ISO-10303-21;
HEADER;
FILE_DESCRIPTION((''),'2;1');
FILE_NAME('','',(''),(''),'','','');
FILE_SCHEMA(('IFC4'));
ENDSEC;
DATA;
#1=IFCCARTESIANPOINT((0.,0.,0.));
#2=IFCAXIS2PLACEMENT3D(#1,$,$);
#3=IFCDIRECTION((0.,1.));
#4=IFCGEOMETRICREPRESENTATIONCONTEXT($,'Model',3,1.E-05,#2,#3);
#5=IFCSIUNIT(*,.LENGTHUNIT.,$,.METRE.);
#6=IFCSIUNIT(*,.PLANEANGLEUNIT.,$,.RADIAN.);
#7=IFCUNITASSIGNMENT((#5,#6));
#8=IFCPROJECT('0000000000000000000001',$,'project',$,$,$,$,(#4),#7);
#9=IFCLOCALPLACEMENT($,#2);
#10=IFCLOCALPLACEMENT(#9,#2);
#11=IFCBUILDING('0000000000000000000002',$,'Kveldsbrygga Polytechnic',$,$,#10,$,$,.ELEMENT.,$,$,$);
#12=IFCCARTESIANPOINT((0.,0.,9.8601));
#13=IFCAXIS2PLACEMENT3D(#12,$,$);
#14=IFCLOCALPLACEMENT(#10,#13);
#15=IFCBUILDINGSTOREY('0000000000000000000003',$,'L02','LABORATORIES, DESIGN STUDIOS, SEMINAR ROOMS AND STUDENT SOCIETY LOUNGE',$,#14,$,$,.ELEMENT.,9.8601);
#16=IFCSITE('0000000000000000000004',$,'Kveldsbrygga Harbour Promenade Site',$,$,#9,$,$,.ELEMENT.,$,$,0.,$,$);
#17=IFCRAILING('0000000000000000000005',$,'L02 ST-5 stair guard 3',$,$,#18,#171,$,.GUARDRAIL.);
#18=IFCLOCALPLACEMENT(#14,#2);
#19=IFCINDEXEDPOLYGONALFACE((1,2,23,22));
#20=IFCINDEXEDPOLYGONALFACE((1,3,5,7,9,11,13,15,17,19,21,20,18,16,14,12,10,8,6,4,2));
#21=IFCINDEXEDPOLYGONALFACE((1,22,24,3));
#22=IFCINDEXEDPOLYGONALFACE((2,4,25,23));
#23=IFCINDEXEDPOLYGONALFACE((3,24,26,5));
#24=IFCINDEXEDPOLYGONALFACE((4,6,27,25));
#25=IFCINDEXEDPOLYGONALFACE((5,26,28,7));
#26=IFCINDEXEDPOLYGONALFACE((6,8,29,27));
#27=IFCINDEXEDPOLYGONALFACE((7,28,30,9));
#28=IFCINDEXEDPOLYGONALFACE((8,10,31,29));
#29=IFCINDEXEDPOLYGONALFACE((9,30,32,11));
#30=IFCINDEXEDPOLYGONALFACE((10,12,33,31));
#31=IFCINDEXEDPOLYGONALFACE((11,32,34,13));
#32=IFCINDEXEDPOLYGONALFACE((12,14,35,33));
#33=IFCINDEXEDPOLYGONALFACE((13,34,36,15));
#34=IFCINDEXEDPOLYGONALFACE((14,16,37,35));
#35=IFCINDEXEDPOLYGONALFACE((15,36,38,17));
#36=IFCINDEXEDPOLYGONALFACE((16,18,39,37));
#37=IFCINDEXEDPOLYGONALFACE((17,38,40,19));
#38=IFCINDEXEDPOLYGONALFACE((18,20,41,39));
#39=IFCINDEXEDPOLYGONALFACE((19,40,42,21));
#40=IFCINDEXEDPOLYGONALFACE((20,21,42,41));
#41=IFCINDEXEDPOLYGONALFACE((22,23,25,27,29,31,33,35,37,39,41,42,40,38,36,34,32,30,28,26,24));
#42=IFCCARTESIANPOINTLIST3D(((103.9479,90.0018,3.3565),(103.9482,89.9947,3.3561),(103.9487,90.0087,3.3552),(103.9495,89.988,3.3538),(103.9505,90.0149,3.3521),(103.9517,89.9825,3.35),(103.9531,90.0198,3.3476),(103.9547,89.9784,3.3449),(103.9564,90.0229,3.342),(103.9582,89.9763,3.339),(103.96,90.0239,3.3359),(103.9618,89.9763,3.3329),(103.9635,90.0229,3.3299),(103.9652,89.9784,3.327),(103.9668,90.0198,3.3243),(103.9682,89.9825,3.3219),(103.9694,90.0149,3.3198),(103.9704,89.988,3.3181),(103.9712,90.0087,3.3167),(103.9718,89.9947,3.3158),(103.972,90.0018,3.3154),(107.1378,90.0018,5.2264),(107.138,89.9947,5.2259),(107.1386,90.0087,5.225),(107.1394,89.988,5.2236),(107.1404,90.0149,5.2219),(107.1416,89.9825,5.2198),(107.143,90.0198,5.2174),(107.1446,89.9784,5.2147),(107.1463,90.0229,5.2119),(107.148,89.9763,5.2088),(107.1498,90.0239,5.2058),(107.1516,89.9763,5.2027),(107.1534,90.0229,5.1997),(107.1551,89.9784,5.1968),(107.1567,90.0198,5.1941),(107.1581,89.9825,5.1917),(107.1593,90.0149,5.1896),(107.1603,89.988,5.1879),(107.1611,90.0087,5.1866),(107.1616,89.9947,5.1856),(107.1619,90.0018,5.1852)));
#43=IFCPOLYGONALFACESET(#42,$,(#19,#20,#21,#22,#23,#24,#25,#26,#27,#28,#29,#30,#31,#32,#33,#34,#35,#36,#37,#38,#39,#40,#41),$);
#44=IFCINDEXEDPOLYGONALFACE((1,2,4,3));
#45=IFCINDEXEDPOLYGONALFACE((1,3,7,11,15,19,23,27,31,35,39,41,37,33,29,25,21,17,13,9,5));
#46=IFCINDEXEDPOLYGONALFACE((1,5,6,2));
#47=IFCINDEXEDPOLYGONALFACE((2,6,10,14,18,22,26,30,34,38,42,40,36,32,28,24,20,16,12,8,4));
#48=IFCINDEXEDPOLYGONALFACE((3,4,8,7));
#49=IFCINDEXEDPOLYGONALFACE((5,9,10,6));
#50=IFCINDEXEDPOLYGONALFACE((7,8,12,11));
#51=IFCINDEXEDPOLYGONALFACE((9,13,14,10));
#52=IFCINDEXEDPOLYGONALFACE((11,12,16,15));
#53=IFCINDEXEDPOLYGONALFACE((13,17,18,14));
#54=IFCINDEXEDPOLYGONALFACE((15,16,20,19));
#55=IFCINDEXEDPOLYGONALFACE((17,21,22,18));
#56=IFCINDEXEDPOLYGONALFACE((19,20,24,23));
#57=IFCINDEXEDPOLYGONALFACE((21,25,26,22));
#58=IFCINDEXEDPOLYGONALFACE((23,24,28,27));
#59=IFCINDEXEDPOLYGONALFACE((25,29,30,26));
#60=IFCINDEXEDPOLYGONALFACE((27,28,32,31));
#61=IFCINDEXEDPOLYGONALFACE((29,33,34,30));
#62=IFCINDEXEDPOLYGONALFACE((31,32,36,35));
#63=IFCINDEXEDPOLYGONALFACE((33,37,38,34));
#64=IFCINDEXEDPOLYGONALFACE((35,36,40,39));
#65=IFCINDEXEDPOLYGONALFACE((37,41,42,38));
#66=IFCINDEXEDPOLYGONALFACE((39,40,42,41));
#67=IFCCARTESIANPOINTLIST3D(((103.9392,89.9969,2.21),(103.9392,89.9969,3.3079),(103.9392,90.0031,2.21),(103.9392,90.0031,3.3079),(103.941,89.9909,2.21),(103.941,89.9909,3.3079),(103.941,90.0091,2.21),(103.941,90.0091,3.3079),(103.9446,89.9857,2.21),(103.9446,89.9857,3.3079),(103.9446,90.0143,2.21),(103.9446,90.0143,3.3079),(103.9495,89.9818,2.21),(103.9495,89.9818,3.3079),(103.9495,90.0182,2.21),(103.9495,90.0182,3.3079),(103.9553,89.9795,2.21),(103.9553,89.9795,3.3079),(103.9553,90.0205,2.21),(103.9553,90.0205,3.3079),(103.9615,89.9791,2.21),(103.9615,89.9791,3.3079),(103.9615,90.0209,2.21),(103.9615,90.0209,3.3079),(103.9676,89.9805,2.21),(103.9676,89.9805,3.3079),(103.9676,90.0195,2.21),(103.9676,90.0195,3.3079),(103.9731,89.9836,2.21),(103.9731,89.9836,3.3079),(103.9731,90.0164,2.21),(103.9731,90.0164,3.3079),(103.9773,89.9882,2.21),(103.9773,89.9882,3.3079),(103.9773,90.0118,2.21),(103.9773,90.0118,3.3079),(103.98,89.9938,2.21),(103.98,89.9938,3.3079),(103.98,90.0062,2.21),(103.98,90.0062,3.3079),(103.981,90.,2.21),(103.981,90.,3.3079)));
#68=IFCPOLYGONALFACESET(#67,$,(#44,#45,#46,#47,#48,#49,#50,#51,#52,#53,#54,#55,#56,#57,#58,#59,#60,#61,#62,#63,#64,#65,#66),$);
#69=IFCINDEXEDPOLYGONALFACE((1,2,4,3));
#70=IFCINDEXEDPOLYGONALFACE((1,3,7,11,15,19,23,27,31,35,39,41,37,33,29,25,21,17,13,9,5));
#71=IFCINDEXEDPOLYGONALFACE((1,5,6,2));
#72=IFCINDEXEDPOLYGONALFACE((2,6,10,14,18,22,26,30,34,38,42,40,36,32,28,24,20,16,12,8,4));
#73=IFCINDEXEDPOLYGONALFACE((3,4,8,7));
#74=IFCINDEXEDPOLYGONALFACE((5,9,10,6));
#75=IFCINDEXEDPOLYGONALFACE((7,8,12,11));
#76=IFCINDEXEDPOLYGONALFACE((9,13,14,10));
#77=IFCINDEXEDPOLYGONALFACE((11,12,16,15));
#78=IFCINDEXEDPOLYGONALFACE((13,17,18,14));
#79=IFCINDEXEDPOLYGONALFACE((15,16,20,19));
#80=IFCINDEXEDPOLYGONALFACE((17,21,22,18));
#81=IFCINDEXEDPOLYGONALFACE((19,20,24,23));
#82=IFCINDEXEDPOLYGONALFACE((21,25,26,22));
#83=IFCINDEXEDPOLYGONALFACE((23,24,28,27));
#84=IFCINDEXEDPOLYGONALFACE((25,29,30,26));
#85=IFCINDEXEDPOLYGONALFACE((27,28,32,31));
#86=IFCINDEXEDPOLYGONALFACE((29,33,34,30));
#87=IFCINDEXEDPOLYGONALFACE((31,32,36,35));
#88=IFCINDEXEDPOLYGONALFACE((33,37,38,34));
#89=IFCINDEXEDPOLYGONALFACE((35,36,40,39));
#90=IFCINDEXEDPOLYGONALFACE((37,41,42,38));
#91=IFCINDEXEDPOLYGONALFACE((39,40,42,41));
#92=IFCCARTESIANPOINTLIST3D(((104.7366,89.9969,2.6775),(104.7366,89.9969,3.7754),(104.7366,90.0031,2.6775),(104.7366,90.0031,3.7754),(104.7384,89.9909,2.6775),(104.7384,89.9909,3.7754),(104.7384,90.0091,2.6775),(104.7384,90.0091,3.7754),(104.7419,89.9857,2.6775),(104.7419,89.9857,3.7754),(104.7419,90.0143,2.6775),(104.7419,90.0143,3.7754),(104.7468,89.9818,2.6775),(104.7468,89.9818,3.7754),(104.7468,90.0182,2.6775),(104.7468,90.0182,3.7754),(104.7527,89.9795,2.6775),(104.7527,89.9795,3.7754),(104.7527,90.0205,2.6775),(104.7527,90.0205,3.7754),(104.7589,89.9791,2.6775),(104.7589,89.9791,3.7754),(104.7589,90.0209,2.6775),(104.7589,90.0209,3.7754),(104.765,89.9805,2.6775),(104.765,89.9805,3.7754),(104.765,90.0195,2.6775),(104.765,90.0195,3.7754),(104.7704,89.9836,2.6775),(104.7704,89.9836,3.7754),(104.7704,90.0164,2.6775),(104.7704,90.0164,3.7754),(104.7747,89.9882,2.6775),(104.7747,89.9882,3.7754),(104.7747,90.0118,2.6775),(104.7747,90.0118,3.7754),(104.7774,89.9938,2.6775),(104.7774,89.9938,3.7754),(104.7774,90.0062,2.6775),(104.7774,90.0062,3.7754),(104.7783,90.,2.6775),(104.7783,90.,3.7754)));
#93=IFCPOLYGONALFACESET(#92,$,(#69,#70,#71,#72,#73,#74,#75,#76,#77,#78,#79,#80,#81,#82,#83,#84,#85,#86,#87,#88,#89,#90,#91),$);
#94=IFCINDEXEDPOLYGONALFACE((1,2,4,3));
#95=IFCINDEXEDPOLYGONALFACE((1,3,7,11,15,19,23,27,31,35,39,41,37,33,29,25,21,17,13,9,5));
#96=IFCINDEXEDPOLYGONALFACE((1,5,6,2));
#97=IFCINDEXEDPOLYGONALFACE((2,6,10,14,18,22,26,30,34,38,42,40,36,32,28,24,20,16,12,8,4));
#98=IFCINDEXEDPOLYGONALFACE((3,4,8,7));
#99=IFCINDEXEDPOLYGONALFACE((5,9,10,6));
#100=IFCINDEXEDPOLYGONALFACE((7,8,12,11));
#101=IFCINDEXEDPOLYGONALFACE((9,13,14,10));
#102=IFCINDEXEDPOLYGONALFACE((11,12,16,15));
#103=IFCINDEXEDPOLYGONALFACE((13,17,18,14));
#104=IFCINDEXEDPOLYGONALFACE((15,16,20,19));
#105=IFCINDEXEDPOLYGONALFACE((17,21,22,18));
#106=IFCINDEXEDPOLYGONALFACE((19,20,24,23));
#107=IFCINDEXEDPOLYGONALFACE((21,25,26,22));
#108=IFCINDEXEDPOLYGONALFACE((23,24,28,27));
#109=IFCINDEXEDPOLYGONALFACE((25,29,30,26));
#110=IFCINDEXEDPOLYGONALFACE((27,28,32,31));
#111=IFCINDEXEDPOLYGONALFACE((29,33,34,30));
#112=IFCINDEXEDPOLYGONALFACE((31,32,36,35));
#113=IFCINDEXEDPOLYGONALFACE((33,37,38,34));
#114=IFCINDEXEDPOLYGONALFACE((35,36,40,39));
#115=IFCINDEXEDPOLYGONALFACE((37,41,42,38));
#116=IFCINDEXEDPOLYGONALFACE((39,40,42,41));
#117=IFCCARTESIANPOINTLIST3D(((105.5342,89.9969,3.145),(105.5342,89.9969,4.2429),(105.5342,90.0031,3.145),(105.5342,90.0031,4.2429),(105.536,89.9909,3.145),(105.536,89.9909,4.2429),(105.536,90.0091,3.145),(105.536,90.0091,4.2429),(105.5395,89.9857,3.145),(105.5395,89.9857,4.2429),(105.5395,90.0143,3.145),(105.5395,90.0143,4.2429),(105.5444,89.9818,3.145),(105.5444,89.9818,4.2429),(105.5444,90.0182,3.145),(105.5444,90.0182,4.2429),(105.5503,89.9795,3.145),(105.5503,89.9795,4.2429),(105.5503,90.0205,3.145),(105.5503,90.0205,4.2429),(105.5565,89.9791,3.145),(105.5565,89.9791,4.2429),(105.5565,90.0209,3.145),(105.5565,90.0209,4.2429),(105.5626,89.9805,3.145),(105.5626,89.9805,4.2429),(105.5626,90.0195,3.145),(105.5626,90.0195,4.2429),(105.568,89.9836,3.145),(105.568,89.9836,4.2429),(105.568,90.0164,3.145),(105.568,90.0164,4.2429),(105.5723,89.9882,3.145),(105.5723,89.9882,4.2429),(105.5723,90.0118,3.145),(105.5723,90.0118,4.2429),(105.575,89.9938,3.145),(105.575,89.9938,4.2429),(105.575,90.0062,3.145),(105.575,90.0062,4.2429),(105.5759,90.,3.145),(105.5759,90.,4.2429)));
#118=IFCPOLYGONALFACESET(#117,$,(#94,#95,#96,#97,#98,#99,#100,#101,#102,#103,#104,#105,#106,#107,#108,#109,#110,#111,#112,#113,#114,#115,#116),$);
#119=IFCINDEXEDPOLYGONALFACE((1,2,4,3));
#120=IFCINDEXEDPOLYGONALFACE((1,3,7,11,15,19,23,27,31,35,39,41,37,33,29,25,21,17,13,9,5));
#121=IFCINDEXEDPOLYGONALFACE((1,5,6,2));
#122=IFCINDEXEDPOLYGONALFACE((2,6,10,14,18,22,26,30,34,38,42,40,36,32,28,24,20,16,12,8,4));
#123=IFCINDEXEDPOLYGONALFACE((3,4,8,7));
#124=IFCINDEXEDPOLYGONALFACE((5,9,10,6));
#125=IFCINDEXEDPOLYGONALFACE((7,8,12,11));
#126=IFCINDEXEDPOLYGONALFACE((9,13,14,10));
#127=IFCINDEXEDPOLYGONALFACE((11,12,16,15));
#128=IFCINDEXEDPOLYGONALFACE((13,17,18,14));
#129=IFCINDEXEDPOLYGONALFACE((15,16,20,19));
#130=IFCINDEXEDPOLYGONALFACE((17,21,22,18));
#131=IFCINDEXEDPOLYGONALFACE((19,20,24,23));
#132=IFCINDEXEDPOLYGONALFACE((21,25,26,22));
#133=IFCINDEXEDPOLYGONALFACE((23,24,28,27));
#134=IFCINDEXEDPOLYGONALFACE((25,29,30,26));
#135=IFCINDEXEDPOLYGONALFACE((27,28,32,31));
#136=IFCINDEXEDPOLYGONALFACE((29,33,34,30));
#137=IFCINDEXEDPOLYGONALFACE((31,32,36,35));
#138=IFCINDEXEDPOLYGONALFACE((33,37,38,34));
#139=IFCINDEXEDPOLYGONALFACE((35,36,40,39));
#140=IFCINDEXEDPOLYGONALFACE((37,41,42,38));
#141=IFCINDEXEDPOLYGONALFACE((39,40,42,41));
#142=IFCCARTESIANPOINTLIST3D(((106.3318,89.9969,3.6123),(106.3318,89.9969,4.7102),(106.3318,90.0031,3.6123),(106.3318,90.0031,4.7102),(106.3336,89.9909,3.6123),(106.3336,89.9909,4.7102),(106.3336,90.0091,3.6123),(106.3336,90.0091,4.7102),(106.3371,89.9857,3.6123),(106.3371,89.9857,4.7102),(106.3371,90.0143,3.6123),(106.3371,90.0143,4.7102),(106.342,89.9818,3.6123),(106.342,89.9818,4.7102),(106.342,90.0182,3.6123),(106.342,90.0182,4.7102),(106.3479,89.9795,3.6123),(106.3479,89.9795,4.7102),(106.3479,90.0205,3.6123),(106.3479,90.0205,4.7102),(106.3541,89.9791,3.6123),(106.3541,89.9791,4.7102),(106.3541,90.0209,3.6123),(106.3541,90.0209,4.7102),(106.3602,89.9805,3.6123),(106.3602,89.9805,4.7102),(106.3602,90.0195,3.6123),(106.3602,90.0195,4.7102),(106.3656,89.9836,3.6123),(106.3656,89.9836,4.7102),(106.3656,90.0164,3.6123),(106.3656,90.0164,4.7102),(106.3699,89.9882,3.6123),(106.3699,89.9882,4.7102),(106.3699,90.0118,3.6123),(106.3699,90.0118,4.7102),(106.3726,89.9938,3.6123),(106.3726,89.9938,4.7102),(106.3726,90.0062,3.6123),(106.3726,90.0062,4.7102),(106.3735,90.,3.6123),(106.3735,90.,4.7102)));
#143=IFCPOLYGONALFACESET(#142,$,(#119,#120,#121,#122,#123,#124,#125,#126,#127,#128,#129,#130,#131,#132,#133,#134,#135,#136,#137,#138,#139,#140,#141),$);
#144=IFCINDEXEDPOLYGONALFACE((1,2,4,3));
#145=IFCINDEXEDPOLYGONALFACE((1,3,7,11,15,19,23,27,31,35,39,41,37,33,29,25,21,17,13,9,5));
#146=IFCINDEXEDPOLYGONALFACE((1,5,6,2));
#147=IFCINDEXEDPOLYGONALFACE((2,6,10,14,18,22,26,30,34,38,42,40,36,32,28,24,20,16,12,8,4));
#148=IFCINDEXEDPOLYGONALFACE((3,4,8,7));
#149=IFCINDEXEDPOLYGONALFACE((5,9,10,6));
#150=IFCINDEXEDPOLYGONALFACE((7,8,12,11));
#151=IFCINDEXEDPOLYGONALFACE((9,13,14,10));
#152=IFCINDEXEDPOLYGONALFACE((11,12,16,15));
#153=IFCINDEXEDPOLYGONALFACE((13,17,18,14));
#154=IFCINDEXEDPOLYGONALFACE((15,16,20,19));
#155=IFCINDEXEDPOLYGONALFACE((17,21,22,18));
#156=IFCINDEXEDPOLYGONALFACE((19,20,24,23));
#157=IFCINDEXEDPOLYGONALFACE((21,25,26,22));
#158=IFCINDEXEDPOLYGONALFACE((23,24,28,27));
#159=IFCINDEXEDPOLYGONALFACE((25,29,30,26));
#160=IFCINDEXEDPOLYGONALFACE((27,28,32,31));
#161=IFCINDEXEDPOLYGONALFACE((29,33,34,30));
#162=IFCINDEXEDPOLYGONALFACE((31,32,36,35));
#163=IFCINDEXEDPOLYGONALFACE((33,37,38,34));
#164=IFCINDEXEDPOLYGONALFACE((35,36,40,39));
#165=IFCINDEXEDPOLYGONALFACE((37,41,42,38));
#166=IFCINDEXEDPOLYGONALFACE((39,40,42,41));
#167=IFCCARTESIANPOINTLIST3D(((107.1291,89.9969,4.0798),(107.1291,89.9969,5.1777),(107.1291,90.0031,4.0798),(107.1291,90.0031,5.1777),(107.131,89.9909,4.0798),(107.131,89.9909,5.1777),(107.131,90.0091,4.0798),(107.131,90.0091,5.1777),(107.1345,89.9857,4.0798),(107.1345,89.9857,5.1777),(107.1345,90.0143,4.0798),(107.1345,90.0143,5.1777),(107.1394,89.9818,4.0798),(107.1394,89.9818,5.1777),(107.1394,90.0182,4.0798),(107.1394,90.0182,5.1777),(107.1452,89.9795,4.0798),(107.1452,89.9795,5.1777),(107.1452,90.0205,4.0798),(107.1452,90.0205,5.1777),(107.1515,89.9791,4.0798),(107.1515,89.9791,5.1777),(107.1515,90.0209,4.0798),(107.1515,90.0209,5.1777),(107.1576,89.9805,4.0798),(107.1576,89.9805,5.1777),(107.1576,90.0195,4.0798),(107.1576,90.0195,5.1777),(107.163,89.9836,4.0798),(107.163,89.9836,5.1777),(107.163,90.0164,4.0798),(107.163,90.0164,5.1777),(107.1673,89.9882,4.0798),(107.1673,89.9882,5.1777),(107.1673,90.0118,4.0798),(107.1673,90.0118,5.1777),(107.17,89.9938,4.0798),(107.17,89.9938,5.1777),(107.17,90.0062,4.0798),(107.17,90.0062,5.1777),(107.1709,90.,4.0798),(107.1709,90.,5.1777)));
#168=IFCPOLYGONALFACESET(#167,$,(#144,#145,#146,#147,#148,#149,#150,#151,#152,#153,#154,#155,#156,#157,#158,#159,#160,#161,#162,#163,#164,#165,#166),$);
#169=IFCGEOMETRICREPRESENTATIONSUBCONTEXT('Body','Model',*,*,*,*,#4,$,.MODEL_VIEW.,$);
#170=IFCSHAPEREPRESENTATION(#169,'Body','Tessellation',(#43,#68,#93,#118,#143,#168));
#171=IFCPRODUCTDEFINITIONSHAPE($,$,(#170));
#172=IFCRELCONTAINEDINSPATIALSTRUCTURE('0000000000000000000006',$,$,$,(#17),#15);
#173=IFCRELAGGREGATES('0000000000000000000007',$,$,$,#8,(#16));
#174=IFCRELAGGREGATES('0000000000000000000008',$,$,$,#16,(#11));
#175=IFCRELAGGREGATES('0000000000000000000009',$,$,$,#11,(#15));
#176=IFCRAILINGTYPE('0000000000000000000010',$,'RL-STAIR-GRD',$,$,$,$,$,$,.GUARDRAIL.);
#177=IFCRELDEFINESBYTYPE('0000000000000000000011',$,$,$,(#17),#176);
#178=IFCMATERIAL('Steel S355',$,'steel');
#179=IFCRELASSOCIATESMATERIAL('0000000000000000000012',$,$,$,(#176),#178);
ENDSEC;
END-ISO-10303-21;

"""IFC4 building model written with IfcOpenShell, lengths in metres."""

from ifc_helpers import new_model, si_unit, direction, frame, origin, origin_2d, place, context, subcontext, project, spatial, circle, extrude, material, type_object, element, save


model = new_model("IFC4")

# Units and contexts
model_context = context("Model", 3, precision=1e-05, world=origin(), true_north=direction((0.0, 1.0)))
body_context = subcontext(model_context, "Body", "Model", "MODEL_VIEW")
ifc_project = project(units=[si_unit("LENGTHUNIT", "METRE"), si_unit("PLANEANGLEUNIT", "RADIAN")], contexts=[model_context])

# Site, building, storey
site_placement = place(None, origin())
site = spatial("IfcSite", under=ifc_project, at=site_placement, Name="Kveldsbrygga Harbour Promenade Site", CompositionType="ELEMENT", RefElevation=0.0)
building_placement = place(site_placement, origin())
building = spatial("IfcBuilding", under=site, at=building_placement, Name="Kveldsbrygga Polytechnic", CompositionType="ELEMENT")
storey_placement = place(building_placement, frame((0.0, 0.0, 9.8601)))
storey = spatial("IfcBuildingStorey", under=building, at=storey_placement, Name="L02", Description="LABORATORIES, DESIGN STUDIOS, SEMINAR ROOMS AND STUDENT SOCIETY LOUNGE", CompositionType="ELEMENT", Elevation=9.8601)

# Shared definitions
ifc_material_1 = material(Name="Steel S355", Category="steel")

# Railing
railing_type_1 = type_object("IfcRailingType", Name="RL-STAIR-GRD", PredefinedType="GUARDRAIL", material=ifc_material_1)
railing_1_placement = place(storey_placement, frame((103.96, 90.0, 2.21)))
element("IfcRailing", 1, at=railing_1_placement, inside=storey, type_object=railing_type_1, Name="L02 ST-5 stair guard 3", PredefinedType="GUARDRAIL", context=body_context, shape_type="SweptSolid", body=[
    extrude(circle(Radius=0.0239, at=origin_2d()), frame((0.0, 0.0, 1.126), z_axis=(0.862709, 0.0, 0.505701), x_axis=(0.0, 1.0, 0.0)), (0.0, 0.0, 1.0), 3.6975),
    extrude(circle(Radius=0.021, at=origin_2d()), origin(), (0.0, 0.0, 1.0), 1.0979),
    extrude(circle(Radius=0.021, at=origin_2d()), frame((0.7974, 0.0, 0.4675)), (0.0, 0.0, 1.0), 1.0979),
    extrude(circle(Radius=0.021, at=origin_2d()), frame((1.595, 0.0, 0.9351)), (0.0, 0.0, 1.0), 1.0979),
    extrude(circle(Radius=0.021, at=origin_2d()), frame((2.3926, 0.0, 1.4023)), (0.0, 0.0, 1.0), 1.0979),
    extrude(circle(Radius=0.021, at=origin_2d()), frame((3.1899, 0.0, 1.8699)), (0.0, 0.0, 1.0), 1.0979),
])

save(model, "model.ifc")
